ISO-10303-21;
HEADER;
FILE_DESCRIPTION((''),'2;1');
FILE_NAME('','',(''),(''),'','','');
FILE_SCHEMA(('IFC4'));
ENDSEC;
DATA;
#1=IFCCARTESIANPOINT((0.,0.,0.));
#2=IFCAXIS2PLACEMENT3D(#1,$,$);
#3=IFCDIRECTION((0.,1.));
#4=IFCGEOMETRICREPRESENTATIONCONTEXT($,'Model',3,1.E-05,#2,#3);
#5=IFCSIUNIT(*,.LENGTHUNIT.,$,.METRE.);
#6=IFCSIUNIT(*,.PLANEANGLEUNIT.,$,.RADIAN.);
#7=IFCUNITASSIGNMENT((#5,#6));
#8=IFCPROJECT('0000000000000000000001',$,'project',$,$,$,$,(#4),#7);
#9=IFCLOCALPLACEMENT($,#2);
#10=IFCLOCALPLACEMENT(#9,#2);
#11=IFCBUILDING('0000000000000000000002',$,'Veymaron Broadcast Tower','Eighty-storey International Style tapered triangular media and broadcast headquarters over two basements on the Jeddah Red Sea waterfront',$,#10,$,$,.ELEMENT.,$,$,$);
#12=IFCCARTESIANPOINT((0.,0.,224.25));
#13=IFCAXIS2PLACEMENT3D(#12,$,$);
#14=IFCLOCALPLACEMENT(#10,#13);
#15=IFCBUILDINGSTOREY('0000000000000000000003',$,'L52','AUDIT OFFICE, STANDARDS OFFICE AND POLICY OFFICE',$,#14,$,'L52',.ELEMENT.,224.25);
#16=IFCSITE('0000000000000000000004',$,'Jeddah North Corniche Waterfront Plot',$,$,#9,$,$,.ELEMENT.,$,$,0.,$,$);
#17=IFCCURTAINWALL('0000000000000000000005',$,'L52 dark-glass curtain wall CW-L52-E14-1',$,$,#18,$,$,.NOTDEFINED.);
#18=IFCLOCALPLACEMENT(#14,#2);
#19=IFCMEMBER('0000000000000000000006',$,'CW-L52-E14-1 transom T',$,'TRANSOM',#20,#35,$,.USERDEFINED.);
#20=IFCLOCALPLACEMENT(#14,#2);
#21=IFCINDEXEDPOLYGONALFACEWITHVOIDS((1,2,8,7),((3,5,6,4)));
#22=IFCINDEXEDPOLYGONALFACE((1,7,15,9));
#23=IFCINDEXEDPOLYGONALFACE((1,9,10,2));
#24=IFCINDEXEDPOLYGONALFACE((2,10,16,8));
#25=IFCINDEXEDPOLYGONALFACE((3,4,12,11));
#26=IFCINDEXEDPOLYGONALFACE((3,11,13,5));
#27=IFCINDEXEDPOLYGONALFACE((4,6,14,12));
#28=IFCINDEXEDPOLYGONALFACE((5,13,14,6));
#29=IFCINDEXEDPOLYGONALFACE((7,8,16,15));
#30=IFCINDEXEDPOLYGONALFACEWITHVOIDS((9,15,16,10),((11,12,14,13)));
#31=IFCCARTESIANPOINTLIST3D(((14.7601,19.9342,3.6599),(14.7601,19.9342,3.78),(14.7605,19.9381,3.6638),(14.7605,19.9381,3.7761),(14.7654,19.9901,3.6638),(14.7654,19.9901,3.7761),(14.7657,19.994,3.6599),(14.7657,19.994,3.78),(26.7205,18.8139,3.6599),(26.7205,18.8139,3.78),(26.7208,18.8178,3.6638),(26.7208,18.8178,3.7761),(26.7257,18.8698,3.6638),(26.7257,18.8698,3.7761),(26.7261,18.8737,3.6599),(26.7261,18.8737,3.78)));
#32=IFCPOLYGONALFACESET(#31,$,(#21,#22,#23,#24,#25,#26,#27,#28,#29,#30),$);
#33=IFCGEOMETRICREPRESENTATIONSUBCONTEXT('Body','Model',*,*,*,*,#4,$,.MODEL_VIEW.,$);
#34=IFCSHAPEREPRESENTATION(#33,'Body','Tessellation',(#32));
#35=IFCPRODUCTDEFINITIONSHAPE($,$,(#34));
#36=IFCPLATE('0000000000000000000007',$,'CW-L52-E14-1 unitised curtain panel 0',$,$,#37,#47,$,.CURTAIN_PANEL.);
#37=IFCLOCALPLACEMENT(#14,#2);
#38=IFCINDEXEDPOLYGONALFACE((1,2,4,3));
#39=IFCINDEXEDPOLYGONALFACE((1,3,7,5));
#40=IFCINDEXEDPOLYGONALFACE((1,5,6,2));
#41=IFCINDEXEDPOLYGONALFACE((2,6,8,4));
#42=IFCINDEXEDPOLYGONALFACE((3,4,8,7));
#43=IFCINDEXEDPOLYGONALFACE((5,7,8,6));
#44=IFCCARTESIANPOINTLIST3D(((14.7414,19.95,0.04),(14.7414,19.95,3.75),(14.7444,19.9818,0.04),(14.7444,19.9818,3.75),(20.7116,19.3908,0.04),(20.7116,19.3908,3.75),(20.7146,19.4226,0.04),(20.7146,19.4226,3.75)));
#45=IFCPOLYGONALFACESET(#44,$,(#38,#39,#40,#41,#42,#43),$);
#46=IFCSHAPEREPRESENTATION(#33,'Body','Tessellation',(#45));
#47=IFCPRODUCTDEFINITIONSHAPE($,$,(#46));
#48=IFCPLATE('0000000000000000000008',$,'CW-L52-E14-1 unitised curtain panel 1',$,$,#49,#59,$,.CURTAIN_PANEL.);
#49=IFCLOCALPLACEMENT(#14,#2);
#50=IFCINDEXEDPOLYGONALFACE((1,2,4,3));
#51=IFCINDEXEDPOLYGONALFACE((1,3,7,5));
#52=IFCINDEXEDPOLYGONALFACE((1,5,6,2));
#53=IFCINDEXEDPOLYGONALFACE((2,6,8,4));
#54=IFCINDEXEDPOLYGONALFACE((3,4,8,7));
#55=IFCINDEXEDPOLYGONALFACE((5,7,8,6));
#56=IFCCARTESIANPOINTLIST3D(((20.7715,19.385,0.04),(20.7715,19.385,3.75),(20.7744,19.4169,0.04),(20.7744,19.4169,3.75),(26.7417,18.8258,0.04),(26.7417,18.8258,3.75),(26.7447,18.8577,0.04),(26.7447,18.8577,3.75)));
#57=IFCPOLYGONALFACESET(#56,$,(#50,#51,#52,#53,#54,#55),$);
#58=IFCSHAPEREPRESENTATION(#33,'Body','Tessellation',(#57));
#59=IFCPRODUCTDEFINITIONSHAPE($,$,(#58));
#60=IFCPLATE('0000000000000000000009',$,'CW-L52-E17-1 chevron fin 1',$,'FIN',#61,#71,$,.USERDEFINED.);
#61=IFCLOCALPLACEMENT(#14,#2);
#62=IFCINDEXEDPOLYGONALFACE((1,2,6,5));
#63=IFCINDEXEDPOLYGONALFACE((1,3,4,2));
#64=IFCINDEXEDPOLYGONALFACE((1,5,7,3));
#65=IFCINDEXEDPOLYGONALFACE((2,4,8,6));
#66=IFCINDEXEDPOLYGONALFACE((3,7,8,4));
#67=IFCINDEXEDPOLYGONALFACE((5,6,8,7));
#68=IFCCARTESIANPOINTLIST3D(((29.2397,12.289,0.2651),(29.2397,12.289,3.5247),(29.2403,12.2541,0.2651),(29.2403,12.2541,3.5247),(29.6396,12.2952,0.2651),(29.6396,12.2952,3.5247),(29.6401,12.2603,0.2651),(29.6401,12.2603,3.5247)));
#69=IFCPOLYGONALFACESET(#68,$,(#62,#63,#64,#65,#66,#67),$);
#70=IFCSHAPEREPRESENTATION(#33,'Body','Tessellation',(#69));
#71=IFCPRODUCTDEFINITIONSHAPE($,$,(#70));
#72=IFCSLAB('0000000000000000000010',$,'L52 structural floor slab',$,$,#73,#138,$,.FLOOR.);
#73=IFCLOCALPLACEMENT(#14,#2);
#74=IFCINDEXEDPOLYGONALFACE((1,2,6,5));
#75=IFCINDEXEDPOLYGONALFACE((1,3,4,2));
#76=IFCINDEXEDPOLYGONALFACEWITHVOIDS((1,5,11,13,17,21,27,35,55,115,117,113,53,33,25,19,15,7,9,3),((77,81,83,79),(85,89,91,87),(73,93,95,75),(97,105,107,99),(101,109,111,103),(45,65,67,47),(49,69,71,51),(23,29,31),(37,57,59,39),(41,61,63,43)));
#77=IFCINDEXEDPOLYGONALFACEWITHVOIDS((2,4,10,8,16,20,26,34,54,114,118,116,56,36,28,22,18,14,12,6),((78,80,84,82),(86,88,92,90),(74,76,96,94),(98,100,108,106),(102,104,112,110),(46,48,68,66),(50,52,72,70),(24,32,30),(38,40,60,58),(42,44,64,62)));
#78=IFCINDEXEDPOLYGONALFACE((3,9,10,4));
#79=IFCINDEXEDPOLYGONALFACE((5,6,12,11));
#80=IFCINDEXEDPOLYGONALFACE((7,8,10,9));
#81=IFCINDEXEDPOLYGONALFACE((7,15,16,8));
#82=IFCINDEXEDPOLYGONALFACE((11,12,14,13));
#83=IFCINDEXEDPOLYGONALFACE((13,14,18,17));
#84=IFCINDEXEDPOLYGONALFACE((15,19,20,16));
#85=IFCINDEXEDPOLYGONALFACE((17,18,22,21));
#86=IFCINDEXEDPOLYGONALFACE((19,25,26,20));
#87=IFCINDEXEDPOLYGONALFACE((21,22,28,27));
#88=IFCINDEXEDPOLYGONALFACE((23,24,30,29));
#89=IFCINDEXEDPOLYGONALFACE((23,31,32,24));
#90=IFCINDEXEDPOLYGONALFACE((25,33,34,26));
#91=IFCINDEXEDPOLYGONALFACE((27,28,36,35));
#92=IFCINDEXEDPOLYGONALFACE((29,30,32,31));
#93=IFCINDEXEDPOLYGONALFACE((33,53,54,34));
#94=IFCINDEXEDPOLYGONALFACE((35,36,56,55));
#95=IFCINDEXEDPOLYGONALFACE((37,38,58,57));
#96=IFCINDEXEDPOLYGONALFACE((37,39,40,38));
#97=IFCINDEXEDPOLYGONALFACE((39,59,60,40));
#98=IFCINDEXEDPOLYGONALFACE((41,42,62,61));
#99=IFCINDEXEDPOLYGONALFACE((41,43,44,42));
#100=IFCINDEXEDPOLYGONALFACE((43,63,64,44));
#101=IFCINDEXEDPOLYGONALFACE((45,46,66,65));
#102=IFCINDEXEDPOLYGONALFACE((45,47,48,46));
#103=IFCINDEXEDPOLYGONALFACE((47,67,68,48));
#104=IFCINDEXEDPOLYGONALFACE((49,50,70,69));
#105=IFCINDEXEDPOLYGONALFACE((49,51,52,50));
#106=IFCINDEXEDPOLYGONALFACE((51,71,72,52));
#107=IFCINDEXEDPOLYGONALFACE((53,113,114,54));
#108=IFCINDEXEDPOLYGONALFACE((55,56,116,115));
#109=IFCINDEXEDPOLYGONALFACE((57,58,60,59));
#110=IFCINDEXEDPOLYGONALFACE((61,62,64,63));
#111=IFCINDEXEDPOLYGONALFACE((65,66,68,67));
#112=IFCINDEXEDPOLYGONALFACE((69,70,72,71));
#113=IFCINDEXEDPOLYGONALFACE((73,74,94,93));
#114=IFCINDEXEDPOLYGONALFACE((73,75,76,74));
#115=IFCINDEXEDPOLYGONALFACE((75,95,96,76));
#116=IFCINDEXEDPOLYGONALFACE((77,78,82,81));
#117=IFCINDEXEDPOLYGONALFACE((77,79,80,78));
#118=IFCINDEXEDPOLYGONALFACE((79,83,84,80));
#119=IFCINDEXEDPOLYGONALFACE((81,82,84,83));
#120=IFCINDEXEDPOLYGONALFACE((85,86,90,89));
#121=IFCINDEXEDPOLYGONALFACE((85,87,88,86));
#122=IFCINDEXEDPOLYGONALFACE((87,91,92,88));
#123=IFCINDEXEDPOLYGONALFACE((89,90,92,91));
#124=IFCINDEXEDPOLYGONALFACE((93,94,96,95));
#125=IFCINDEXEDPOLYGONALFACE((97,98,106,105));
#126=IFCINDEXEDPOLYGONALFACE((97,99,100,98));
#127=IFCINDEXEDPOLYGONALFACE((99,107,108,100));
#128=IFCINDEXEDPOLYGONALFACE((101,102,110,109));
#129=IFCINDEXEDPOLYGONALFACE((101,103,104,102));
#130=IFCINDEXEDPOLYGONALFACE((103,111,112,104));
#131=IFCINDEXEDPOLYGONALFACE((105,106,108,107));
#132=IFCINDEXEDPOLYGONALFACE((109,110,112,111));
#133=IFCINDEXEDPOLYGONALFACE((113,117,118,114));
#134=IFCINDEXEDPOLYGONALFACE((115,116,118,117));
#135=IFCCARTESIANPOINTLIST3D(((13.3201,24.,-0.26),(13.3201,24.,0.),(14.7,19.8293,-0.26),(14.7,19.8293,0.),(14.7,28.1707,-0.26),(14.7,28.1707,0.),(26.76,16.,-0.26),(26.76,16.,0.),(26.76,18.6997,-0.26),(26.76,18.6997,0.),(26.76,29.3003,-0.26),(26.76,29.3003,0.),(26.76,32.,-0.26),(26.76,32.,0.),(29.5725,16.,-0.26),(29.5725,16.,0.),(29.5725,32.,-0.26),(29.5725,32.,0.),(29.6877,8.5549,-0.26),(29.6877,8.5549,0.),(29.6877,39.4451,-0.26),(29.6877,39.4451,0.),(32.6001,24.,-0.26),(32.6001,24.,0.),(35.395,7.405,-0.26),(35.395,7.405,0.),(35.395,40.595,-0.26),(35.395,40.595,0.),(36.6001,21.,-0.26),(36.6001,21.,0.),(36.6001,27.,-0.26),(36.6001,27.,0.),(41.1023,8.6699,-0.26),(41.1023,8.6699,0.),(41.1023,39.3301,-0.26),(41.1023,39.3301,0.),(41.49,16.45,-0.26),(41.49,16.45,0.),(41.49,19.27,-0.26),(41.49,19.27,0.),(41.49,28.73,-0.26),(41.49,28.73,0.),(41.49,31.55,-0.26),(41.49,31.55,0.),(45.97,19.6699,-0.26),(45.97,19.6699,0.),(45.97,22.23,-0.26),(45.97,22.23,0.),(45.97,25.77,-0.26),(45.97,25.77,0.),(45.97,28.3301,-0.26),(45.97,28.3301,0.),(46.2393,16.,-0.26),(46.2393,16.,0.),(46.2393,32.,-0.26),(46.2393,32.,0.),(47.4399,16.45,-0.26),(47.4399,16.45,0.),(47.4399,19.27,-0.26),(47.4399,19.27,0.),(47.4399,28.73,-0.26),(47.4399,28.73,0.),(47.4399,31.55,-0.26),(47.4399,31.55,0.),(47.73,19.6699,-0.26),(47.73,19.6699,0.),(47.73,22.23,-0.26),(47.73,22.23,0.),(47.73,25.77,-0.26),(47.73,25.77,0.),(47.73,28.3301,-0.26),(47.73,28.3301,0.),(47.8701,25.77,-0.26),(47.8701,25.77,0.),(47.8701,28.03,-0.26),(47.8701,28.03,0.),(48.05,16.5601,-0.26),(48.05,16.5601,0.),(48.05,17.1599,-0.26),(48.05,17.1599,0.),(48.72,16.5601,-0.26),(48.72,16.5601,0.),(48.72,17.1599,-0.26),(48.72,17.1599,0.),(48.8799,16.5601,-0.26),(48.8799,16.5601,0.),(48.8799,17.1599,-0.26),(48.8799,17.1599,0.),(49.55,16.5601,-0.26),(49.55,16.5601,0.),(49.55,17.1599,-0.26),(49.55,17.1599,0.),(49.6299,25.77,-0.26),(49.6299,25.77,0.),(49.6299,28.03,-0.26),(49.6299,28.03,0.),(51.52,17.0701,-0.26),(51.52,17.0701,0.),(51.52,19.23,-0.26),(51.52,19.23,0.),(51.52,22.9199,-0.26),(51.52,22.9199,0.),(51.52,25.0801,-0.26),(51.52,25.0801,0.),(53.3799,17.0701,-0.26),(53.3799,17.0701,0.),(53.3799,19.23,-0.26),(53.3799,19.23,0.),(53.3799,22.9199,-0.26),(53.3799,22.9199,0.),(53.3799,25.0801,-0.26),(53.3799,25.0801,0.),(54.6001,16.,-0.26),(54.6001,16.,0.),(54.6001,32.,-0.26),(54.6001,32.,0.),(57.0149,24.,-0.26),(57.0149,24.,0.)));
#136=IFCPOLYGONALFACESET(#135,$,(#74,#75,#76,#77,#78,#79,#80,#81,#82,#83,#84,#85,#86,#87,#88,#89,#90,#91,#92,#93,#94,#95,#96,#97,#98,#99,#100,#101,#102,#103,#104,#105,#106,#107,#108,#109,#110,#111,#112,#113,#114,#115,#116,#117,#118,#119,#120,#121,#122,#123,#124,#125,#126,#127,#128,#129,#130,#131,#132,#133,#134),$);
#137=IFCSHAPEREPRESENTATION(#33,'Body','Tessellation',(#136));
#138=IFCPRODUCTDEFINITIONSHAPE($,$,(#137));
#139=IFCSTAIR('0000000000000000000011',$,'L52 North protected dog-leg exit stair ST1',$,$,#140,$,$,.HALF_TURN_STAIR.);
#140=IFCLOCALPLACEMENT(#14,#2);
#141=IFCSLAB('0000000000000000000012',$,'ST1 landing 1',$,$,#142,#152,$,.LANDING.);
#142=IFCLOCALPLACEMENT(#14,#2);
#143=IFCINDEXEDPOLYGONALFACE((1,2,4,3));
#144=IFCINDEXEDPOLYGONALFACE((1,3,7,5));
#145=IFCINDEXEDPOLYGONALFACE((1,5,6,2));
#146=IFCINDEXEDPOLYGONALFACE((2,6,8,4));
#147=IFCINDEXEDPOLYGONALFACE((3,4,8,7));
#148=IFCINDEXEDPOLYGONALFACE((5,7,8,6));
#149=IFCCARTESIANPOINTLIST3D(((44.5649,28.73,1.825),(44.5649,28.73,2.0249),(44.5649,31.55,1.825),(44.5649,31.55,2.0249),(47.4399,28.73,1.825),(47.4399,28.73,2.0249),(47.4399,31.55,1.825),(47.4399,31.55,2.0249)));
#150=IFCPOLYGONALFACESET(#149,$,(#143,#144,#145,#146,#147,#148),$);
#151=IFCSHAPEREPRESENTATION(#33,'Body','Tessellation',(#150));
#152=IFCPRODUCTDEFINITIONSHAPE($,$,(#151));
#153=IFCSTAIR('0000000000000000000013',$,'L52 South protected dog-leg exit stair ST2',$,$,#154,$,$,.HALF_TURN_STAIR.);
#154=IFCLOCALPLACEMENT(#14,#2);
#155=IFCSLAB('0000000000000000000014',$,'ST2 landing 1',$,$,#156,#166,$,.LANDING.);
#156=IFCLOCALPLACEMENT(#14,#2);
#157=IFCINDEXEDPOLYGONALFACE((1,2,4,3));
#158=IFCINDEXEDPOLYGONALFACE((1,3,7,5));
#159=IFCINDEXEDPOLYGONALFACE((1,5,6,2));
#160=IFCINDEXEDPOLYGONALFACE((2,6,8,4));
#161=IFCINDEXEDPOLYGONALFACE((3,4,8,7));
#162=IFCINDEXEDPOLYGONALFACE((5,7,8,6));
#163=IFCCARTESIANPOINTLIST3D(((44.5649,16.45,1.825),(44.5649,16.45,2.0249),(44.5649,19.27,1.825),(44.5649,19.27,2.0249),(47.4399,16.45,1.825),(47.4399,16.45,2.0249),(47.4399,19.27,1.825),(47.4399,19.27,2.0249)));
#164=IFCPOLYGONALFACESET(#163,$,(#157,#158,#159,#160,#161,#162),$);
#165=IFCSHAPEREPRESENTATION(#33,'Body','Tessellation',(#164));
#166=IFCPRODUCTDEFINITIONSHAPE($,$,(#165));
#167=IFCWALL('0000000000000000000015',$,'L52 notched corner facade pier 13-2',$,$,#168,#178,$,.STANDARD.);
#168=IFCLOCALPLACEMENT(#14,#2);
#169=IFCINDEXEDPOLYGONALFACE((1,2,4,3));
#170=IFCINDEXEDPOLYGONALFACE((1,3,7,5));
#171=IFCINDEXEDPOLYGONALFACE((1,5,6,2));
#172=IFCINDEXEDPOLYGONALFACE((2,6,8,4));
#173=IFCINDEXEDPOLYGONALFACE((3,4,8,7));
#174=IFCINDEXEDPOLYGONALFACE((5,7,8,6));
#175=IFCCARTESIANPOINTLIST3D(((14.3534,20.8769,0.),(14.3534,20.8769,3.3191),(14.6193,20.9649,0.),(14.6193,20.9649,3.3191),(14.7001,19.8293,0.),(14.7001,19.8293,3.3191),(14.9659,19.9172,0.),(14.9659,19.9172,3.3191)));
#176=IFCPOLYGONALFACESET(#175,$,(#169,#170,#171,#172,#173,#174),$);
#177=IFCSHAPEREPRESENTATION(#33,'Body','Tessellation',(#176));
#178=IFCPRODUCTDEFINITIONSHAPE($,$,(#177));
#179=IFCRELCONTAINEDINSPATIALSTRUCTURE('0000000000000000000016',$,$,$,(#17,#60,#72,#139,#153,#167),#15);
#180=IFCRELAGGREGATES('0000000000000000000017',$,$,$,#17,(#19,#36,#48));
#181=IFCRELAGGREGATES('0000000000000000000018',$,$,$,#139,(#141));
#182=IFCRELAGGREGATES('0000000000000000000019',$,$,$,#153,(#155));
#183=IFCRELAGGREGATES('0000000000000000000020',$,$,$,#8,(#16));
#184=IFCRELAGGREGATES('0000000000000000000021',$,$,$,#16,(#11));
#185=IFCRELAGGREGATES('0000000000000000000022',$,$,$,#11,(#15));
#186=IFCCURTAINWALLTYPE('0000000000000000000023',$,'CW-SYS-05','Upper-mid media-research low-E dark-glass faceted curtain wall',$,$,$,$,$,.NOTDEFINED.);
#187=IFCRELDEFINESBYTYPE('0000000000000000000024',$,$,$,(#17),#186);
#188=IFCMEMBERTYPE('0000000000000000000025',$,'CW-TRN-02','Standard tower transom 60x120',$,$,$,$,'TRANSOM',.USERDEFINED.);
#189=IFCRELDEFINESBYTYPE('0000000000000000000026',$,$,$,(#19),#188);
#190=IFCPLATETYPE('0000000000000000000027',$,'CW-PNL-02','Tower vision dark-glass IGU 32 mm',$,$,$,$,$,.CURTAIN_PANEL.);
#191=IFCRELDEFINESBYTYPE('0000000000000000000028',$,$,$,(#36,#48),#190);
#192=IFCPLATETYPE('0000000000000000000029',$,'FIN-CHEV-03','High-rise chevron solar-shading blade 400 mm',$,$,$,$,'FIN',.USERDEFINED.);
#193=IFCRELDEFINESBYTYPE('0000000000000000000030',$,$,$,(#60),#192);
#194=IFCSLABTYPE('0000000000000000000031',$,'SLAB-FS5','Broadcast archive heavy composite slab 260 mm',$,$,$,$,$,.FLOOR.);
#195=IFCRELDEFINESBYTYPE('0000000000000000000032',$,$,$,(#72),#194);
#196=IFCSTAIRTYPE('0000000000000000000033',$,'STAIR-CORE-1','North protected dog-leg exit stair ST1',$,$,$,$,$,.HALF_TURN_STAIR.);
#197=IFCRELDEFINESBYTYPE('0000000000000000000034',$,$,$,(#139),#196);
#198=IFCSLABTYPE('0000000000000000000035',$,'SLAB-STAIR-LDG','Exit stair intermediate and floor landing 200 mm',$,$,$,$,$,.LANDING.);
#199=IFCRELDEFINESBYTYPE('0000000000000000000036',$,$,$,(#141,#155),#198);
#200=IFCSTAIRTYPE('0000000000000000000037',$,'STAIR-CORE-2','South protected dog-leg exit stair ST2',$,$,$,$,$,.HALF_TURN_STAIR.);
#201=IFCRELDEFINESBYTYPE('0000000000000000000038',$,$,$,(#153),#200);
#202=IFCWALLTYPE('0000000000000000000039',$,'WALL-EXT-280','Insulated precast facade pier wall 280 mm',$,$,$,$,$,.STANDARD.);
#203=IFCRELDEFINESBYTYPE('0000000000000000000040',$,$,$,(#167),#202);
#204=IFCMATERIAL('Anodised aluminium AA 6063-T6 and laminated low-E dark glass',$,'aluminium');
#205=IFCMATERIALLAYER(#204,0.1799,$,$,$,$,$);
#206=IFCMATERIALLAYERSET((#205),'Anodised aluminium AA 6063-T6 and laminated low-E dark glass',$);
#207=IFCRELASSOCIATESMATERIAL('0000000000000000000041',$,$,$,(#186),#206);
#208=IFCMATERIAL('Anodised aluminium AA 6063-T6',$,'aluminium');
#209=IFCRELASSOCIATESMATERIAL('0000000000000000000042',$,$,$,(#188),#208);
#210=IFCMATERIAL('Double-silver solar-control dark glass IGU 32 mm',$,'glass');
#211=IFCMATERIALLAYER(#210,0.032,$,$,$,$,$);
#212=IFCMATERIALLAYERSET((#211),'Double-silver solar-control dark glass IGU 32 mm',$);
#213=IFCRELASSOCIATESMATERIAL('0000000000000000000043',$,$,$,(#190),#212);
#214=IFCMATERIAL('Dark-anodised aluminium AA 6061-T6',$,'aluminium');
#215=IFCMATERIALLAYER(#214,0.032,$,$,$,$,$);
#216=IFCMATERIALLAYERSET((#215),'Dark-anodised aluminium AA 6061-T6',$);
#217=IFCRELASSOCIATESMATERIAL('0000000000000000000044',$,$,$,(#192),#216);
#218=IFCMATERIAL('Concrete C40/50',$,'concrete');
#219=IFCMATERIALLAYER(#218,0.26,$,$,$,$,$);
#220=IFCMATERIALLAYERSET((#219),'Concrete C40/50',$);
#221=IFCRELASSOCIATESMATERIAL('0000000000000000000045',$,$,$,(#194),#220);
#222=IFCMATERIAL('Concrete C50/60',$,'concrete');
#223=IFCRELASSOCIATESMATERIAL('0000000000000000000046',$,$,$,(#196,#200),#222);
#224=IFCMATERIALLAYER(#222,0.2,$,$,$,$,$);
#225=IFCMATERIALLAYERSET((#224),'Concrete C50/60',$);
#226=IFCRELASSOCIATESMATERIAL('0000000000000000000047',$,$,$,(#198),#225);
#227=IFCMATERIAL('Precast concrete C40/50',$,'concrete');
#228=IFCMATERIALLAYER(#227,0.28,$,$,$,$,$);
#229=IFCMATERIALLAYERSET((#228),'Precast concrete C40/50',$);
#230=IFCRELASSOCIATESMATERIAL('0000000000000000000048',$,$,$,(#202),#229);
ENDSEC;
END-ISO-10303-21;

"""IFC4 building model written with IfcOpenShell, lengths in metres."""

from ifc_helpers import new_model, si_unit, direction, frame, frame_2d, origin, origin_2d, place, context, subcontext, project, spatial, polyline, rectangle, hollow_rectangle, outline, extrude, material, layer, layer_set, material_profile, profile_set, type_object, element, aggregate, save


model = new_model("IFC4")

# Units and contexts
model_context = context("Model", 3, precision=1e-05, world=origin(), true_north=direction((0.0, 1.0)))
body_context = subcontext(model_context, "Body", "Model", "MODEL_VIEW")
ifc_project = project(units=[si_unit("LENGTHUNIT", "METRE"), si_unit("PLANEANGLEUNIT", "RADIAN")], contexts=[model_context])

# Site, building, storey
site_placement = place(None, origin())
site = spatial("IfcSite", under=ifc_project, at=site_placement, Name="Jeddah North Corniche Waterfront Plot", CompositionType="ELEMENT", RefElevation=0.0)
building_placement = place(site_placement, origin())
building = spatial("IfcBuilding", under=site, at=building_placement, Name="Veymaron Broadcast Tower", Description="Eighty-storey International Style tapered triangular media and broadcast headquarters over two basements on the Jeddah Red Sea waterfront", CompositionType="ELEMENT")
storey_placement = place(building_placement, frame((0.0, 0.0, 224.25)))
storey = spatial("IfcBuildingStorey", under=building, at=storey_placement, Name="L52", Description="AUDIT OFFICE, STANDARDS OFFICE AND POLICY OFFICE", LongName="L52", CompositionType="ELEMENT", Elevation=224.25)

# Curtain wall, member, plates
ifc_material_1 = material(Name="Anodised aluminium AA 6063-T6 and laminated low-E dark glass", Category="aluminium")
ifc_layer_1 = layer(ifc_material_1, 0.1799)
ifc_layer_set_1 = layer_set([ifc_layer_1], Name="Anodised aluminium AA 6063-T6 and laminated low-E dark glass")
curtain_wall_type = type_object("IfcCurtainWallType", Name="CW-SYS-05", Description="Upper-mid media-research low-E dark-glass faceted curtain wall", PredefinedType="NOTDEFINED", material=ifc_layer_set_1)
curtain_wall_placement = place(storey_placement, origin())
curtain_wall = element("IfcCurtainWall", 1, at=curtain_wall_placement, inside=storey, type_object=curtain_wall_type, Name="L52 dark-glass curtain wall CW-L52-E14-1", PredefinedType="NOTDEFINED")
ifc_material_2 = material(Name="Anodised aluminium AA 6063-T6", Category="aluminium")
ifc_material_profile_1 = material_profile(ifc_material_2, hollow_rectangle(XDim=0.0601, YDim=0.1201, WallThickness=0.0039, at=origin_2d()), Name="AL120X60X4")
ifc_profile_set_1 = profile_set([ifc_material_profile_1], Name="Anodised aluminium AA 6063-T6")
member_type_1 = type_object("IfcMemberType", Name="CW-TRN-02", Description="Standard tower transom 60x120", ElementType="TRANSOM", PredefinedType="USERDEFINED", material=ifc_profile_set_1)
member_1_placement = place(storey_placement, frame((14.7629, 19.9641, 3.72), z_axis=(0.995641, -0.093264, 0.0), x_axis=(0.093264, 0.995641, 0.0)))
member_1 = element("IfcMember", 2, at=member_1_placement, type_object=member_type_1, Name="CW-L52-E14-1 transom T", ObjectType="TRANSOM", PredefinedType="USERDEFINED", context=body_context, shape_type="SweptSolid", body=[
    extrude(hollow_rectangle(XDim=0.0601, YDim=0.1201, WallThickness=0.0039, at=origin_2d()), origin(), (0.0, 0.0, 1.0), 12.0127),
])
ifc_material_3 = material(Name="Double-silver solar-control dark glass IGU 32 mm", Category="glass")
ifc_layer_2 = layer(ifc_material_3, 0.032)
ifc_layer_set_2 = layer_set([ifc_layer_2], Name="Double-silver solar-control dark glass IGU 32 mm")
plate_type_1 = type_object("IfcPlateType", Name="CW-PNL-02", Description="Tower vision dark-glass IGU 32 mm", PredefinedType="CURTAIN_PANEL", material=ifc_layer_set_2)
plate_1_placement = place(storey_placement, frame((17.728, 19.6863, 0.04), z_axis=(0.0, 0.0, 1.0), x_axis=(0.995642, -0.093257, 0.0)))
plate_1 = element("IfcPlate", 3, at=plate_1_placement, type_object=plate_type_1, Name="CW-L52-E14-1 unitised curtain panel 0", PredefinedType="CURTAIN_PANEL", context=body_context, shape_type="SweptSolid", body=[
    extrude(rectangle(XDim=5.9963, YDim=0.032, at=origin_2d()), origin(), (0.0, 0.0, 1.0), 3.71),
])
plate_2_placement = place(storey_placement, frame((23.7581, 19.1213, 0.04), z_axis=(0.0, 0.0, 1.0), x_axis=(0.995642, -0.093257, 0.0)))
plate_2 = element("IfcPlate", 4, at=plate_2_placement, type_object=plate_type_1, Name="CW-L52-E14-1 unitised curtain panel 1", PredefinedType="CURTAIN_PANEL", context=body_context, shape_type="SweptSolid", body=[
    extrude(rectangle(XDim=5.9963, YDim=0.032, at=origin_2d()), origin(), (0.0, 0.0, 1.0), 3.71),
])
aggregate(curtain_wall, [member_1, plate_1, plate_2])

# Plate
ifc_material_4 = material(Name="Dark-anodised aluminium AA 6061-T6", Category="aluminium")
ifc_layer_3 = layer(ifc_material_4, 0.032)
ifc_layer_set_3 = layer_set([ifc_layer_3], Name="Dark-anodised aluminium AA 6061-T6")
plate_type_2 = type_object("IfcPlateType", Name="FIN-CHEV-03", Description="High-rise chevron solar-shading blade 400 mm", ElementType="FIN", PredefinedType="USERDEFINED", material=ifc_layer_set_3)
plate_3_placement = place(storey_placement, frame((29.4399, 12.2747, 0.2651), z_axis=(0.0, 0.0, 1.0), x_axis=(-0.99988, -0.01548, 0.0)))
element("IfcPlate", 5, at=plate_3_placement, inside=storey, type_object=plate_type_2, Name="CW-L52-E17-1 chevron fin 1", ObjectType="FIN", PredefinedType="USERDEFINED", context=body_context, shape_type="SweptSolid", body=[
    extrude(rectangle(XDim=0.3999, YDim=0.0349, at=origin_2d()), origin(), (0.0, 0.0, 1.0), 3.2595),
])

# Slab
ifc_material_5 = material(Name="Concrete C40/50", Category="concrete")
ifc_layer_4 = layer(ifc_material_5, 0.26)
ifc_layer_set_4 = layer_set([ifc_layer_4], Name="Concrete C40/50")
slab_type_1 = type_object("IfcSlabType", Name="SLAB-FS5", Description="Broadcast archive heavy composite slab 260 mm", PredefinedType="FLOOR", material=ifc_layer_set_4)
slab_1_placement = place(storey_placement, frame((0.0, 0.0, -0.26)))
element("IfcSlab", 6, at=slab_1_placement, inside=storey, type_object=slab_type_1, Name="L52 structural floor slab", PredefinedType="FLOOR", context=body_context, shape_type="SweptSolid", body=[
    extrude(outline(polyline([(46.2393, 16.0), (54.6001, 16.0), (57.0149, 24.0), (54.6001, 32.0), (46.2393, 32.0), (41.1023, 39.3301), (35.395, 40.595), (29.6877, 39.4451), (29.5725, 32.0), (26.76, 32.0), (26.76, 29.3003), (14.7, 28.1707), (13.3201, 24.0), (14.7, 19.8293), (26.76, 18.6997), (26.76, 16.0), (29.5725, 16.0), (29.6877, 8.5549), (35.395, 7.405), (41.1023, 8.6699), (46.2393, 16.0)]), holes=[polyline([(45.97, 28.3301), (47.73, 28.3301), (47.73, 25.77), (45.97, 25.77), (45.97, 28.3301)]), polyline([(45.97, 22.23), (47.73, 22.23), (47.73, 19.6699), (45.97, 19.6699), (45.97, 22.23)]), polyline([(47.8701, 28.03), (49.6299, 28.03), (49.6299, 25.77), (47.8701, 25.77), (47.8701, 28.03)]), polyline([(51.52, 25.0801), (53.3799, 25.0801), (53.3799, 22.9199), (51.52, 22.9199), (51.52, 25.0801)]), polyline([(51.52, 19.23), (53.3799, 19.23), (53.3799, 17.0701), (51.52, 17.0701), (51.52, 19.23)]), polyline([(48.05, 17.1599), (48.72, 17.1599), (48.72, 16.5601), (48.05, 16.5601), (48.05, 17.1599)]), polyline([(48.8799, 17.1599), (49.55, 17.1599), (49.55, 16.5601), (48.8799, 16.5601), (48.8799, 17.1599)]), polyline([(36.6001, 27.0), (36.6001, 21.0), (32.6001, 24.0), (36.6001, 27.0)]), polyline([(41.49, 31.55), (47.4399, 31.55), (47.4399, 28.73), (41.49, 28.73), (41.49, 31.55)]), polyline([(41.49, 19.27), (47.4399, 19.27), (47.4399, 16.45), (41.49, 16.45), (41.49, 19.27)])]), origin(), (0.0, 0.0, 1.0), 0.26),
])

# Stairs, slabs
ifc_material_6 = material(Name="Concrete C50/60", Category="concrete")
stair_type_1 = type_object("IfcStairType", Name="STAIR-CORE-1", Description="North protected dog-leg exit stair ST1", PredefinedType="HALF_TURN_STAIR", material=ifc_material_6)
stair_1_placement = place(storey_placement, origin())
stair_1 = element("IfcStair", 7, at=stair_1_placement, inside=storey, type_object=stair_type_1, Name="L52 North protected dog-leg exit stair ST1", PredefinedType="HALF_TURN_STAIR")
ifc_layer_5 = layer(ifc_material_6, 0.2)
ifc_layer_set_5 = layer_set([ifc_layer_5], Name="Concrete C50/60")
slab_type_2 = type_object("IfcSlabType", Name="SLAB-STAIR-LDG", Description="Exit stair intermediate and floor landing 200 mm", PredefinedType="LANDING", material=ifc_layer_set_5)
slab_2_placement = place(storey_placement, frame((0.0, 0.0, 1.825)))
slab_2 = element("IfcSlab", 8, at=slab_2_placement, type_object=slab_type_2, Name="ST1 landing 1", PredefinedType="LANDING", context=body_context, shape_type="SweptSolid", body=[
    extrude(outline(polyline([(44.5649, 28.73), (47.4399, 28.73), (47.4399, 31.55), (44.5649, 31.55), (44.5649, 28.73)])), origin(), (0.0, 0.0, 1.0), 0.2),
])
aggregate(stair_1, [slab_2])
stair_type_2 = type_object("IfcStairType", Name="STAIR-CORE-2", Description="South protected dog-leg exit stair ST2", PredefinedType="HALF_TURN_STAIR", material=ifc_material_6)
stair_2_placement = place(storey_placement, origin())
stair_2 = element("IfcStair", 9, at=stair_2_placement, inside=storey, type_object=stair_type_2, Name="L52 South protected dog-leg exit stair ST2", PredefinedType="HALF_TURN_STAIR")
slab_3_placement = place(storey_placement, frame((0.0, 0.0, 1.825)))
slab_3 = element("IfcSlab", 10, at=slab_3_placement, type_object=slab_type_2, Name="ST2 landing 1", PredefinedType="LANDING", context=body_context, shape_type="SweptSolid", body=[
    extrude(outline(polyline([(44.5649, 16.45), (47.4399, 16.45), (47.4399, 19.27), (44.5649, 19.27), (44.5649, 16.45)])), origin(), (0.0, 0.0, 1.0), 0.2),
])
aggregate(stair_2, [slab_3])

# Wall
ifc_material_7 = material(Name="Precast concrete C40/50", Category="concrete")
ifc_layer_6 = layer(ifc_material_7, 0.28)
ifc_layer_set_6 = layer_set([ifc_layer_6], Name="Precast concrete C40/50")
wall_type_1 = type_object("IfcWallType", Name="WALL-EXT-280", Description="Insulated precast facade pier wall 280 mm", PredefinedType="STANDARD", material=ifc_layer_set_6)
wall_1_placement = place(storey_placement, frame((14.4863, 20.9209, 0.0), z_axis=(0.0, 0.0, 1.0), x_axis=(0.314169, -0.949367, 0.0)))
element("IfcWall", 11, at=wall_1_placement, inside=storey, type_object=wall_type_1, Name="L52 notched corner facade pier 13-2", PredefinedType="STANDARD", context=body_context, shape_type="SweptSolid", body=[
    extrude(rectangle(XDim=1.1035, YDim=0.28, at=frame_2d((0.5518, 0.0))), origin(), (0.0, 0.0, 1.0), 3.3191),
])

save(model, "model.ifc")
